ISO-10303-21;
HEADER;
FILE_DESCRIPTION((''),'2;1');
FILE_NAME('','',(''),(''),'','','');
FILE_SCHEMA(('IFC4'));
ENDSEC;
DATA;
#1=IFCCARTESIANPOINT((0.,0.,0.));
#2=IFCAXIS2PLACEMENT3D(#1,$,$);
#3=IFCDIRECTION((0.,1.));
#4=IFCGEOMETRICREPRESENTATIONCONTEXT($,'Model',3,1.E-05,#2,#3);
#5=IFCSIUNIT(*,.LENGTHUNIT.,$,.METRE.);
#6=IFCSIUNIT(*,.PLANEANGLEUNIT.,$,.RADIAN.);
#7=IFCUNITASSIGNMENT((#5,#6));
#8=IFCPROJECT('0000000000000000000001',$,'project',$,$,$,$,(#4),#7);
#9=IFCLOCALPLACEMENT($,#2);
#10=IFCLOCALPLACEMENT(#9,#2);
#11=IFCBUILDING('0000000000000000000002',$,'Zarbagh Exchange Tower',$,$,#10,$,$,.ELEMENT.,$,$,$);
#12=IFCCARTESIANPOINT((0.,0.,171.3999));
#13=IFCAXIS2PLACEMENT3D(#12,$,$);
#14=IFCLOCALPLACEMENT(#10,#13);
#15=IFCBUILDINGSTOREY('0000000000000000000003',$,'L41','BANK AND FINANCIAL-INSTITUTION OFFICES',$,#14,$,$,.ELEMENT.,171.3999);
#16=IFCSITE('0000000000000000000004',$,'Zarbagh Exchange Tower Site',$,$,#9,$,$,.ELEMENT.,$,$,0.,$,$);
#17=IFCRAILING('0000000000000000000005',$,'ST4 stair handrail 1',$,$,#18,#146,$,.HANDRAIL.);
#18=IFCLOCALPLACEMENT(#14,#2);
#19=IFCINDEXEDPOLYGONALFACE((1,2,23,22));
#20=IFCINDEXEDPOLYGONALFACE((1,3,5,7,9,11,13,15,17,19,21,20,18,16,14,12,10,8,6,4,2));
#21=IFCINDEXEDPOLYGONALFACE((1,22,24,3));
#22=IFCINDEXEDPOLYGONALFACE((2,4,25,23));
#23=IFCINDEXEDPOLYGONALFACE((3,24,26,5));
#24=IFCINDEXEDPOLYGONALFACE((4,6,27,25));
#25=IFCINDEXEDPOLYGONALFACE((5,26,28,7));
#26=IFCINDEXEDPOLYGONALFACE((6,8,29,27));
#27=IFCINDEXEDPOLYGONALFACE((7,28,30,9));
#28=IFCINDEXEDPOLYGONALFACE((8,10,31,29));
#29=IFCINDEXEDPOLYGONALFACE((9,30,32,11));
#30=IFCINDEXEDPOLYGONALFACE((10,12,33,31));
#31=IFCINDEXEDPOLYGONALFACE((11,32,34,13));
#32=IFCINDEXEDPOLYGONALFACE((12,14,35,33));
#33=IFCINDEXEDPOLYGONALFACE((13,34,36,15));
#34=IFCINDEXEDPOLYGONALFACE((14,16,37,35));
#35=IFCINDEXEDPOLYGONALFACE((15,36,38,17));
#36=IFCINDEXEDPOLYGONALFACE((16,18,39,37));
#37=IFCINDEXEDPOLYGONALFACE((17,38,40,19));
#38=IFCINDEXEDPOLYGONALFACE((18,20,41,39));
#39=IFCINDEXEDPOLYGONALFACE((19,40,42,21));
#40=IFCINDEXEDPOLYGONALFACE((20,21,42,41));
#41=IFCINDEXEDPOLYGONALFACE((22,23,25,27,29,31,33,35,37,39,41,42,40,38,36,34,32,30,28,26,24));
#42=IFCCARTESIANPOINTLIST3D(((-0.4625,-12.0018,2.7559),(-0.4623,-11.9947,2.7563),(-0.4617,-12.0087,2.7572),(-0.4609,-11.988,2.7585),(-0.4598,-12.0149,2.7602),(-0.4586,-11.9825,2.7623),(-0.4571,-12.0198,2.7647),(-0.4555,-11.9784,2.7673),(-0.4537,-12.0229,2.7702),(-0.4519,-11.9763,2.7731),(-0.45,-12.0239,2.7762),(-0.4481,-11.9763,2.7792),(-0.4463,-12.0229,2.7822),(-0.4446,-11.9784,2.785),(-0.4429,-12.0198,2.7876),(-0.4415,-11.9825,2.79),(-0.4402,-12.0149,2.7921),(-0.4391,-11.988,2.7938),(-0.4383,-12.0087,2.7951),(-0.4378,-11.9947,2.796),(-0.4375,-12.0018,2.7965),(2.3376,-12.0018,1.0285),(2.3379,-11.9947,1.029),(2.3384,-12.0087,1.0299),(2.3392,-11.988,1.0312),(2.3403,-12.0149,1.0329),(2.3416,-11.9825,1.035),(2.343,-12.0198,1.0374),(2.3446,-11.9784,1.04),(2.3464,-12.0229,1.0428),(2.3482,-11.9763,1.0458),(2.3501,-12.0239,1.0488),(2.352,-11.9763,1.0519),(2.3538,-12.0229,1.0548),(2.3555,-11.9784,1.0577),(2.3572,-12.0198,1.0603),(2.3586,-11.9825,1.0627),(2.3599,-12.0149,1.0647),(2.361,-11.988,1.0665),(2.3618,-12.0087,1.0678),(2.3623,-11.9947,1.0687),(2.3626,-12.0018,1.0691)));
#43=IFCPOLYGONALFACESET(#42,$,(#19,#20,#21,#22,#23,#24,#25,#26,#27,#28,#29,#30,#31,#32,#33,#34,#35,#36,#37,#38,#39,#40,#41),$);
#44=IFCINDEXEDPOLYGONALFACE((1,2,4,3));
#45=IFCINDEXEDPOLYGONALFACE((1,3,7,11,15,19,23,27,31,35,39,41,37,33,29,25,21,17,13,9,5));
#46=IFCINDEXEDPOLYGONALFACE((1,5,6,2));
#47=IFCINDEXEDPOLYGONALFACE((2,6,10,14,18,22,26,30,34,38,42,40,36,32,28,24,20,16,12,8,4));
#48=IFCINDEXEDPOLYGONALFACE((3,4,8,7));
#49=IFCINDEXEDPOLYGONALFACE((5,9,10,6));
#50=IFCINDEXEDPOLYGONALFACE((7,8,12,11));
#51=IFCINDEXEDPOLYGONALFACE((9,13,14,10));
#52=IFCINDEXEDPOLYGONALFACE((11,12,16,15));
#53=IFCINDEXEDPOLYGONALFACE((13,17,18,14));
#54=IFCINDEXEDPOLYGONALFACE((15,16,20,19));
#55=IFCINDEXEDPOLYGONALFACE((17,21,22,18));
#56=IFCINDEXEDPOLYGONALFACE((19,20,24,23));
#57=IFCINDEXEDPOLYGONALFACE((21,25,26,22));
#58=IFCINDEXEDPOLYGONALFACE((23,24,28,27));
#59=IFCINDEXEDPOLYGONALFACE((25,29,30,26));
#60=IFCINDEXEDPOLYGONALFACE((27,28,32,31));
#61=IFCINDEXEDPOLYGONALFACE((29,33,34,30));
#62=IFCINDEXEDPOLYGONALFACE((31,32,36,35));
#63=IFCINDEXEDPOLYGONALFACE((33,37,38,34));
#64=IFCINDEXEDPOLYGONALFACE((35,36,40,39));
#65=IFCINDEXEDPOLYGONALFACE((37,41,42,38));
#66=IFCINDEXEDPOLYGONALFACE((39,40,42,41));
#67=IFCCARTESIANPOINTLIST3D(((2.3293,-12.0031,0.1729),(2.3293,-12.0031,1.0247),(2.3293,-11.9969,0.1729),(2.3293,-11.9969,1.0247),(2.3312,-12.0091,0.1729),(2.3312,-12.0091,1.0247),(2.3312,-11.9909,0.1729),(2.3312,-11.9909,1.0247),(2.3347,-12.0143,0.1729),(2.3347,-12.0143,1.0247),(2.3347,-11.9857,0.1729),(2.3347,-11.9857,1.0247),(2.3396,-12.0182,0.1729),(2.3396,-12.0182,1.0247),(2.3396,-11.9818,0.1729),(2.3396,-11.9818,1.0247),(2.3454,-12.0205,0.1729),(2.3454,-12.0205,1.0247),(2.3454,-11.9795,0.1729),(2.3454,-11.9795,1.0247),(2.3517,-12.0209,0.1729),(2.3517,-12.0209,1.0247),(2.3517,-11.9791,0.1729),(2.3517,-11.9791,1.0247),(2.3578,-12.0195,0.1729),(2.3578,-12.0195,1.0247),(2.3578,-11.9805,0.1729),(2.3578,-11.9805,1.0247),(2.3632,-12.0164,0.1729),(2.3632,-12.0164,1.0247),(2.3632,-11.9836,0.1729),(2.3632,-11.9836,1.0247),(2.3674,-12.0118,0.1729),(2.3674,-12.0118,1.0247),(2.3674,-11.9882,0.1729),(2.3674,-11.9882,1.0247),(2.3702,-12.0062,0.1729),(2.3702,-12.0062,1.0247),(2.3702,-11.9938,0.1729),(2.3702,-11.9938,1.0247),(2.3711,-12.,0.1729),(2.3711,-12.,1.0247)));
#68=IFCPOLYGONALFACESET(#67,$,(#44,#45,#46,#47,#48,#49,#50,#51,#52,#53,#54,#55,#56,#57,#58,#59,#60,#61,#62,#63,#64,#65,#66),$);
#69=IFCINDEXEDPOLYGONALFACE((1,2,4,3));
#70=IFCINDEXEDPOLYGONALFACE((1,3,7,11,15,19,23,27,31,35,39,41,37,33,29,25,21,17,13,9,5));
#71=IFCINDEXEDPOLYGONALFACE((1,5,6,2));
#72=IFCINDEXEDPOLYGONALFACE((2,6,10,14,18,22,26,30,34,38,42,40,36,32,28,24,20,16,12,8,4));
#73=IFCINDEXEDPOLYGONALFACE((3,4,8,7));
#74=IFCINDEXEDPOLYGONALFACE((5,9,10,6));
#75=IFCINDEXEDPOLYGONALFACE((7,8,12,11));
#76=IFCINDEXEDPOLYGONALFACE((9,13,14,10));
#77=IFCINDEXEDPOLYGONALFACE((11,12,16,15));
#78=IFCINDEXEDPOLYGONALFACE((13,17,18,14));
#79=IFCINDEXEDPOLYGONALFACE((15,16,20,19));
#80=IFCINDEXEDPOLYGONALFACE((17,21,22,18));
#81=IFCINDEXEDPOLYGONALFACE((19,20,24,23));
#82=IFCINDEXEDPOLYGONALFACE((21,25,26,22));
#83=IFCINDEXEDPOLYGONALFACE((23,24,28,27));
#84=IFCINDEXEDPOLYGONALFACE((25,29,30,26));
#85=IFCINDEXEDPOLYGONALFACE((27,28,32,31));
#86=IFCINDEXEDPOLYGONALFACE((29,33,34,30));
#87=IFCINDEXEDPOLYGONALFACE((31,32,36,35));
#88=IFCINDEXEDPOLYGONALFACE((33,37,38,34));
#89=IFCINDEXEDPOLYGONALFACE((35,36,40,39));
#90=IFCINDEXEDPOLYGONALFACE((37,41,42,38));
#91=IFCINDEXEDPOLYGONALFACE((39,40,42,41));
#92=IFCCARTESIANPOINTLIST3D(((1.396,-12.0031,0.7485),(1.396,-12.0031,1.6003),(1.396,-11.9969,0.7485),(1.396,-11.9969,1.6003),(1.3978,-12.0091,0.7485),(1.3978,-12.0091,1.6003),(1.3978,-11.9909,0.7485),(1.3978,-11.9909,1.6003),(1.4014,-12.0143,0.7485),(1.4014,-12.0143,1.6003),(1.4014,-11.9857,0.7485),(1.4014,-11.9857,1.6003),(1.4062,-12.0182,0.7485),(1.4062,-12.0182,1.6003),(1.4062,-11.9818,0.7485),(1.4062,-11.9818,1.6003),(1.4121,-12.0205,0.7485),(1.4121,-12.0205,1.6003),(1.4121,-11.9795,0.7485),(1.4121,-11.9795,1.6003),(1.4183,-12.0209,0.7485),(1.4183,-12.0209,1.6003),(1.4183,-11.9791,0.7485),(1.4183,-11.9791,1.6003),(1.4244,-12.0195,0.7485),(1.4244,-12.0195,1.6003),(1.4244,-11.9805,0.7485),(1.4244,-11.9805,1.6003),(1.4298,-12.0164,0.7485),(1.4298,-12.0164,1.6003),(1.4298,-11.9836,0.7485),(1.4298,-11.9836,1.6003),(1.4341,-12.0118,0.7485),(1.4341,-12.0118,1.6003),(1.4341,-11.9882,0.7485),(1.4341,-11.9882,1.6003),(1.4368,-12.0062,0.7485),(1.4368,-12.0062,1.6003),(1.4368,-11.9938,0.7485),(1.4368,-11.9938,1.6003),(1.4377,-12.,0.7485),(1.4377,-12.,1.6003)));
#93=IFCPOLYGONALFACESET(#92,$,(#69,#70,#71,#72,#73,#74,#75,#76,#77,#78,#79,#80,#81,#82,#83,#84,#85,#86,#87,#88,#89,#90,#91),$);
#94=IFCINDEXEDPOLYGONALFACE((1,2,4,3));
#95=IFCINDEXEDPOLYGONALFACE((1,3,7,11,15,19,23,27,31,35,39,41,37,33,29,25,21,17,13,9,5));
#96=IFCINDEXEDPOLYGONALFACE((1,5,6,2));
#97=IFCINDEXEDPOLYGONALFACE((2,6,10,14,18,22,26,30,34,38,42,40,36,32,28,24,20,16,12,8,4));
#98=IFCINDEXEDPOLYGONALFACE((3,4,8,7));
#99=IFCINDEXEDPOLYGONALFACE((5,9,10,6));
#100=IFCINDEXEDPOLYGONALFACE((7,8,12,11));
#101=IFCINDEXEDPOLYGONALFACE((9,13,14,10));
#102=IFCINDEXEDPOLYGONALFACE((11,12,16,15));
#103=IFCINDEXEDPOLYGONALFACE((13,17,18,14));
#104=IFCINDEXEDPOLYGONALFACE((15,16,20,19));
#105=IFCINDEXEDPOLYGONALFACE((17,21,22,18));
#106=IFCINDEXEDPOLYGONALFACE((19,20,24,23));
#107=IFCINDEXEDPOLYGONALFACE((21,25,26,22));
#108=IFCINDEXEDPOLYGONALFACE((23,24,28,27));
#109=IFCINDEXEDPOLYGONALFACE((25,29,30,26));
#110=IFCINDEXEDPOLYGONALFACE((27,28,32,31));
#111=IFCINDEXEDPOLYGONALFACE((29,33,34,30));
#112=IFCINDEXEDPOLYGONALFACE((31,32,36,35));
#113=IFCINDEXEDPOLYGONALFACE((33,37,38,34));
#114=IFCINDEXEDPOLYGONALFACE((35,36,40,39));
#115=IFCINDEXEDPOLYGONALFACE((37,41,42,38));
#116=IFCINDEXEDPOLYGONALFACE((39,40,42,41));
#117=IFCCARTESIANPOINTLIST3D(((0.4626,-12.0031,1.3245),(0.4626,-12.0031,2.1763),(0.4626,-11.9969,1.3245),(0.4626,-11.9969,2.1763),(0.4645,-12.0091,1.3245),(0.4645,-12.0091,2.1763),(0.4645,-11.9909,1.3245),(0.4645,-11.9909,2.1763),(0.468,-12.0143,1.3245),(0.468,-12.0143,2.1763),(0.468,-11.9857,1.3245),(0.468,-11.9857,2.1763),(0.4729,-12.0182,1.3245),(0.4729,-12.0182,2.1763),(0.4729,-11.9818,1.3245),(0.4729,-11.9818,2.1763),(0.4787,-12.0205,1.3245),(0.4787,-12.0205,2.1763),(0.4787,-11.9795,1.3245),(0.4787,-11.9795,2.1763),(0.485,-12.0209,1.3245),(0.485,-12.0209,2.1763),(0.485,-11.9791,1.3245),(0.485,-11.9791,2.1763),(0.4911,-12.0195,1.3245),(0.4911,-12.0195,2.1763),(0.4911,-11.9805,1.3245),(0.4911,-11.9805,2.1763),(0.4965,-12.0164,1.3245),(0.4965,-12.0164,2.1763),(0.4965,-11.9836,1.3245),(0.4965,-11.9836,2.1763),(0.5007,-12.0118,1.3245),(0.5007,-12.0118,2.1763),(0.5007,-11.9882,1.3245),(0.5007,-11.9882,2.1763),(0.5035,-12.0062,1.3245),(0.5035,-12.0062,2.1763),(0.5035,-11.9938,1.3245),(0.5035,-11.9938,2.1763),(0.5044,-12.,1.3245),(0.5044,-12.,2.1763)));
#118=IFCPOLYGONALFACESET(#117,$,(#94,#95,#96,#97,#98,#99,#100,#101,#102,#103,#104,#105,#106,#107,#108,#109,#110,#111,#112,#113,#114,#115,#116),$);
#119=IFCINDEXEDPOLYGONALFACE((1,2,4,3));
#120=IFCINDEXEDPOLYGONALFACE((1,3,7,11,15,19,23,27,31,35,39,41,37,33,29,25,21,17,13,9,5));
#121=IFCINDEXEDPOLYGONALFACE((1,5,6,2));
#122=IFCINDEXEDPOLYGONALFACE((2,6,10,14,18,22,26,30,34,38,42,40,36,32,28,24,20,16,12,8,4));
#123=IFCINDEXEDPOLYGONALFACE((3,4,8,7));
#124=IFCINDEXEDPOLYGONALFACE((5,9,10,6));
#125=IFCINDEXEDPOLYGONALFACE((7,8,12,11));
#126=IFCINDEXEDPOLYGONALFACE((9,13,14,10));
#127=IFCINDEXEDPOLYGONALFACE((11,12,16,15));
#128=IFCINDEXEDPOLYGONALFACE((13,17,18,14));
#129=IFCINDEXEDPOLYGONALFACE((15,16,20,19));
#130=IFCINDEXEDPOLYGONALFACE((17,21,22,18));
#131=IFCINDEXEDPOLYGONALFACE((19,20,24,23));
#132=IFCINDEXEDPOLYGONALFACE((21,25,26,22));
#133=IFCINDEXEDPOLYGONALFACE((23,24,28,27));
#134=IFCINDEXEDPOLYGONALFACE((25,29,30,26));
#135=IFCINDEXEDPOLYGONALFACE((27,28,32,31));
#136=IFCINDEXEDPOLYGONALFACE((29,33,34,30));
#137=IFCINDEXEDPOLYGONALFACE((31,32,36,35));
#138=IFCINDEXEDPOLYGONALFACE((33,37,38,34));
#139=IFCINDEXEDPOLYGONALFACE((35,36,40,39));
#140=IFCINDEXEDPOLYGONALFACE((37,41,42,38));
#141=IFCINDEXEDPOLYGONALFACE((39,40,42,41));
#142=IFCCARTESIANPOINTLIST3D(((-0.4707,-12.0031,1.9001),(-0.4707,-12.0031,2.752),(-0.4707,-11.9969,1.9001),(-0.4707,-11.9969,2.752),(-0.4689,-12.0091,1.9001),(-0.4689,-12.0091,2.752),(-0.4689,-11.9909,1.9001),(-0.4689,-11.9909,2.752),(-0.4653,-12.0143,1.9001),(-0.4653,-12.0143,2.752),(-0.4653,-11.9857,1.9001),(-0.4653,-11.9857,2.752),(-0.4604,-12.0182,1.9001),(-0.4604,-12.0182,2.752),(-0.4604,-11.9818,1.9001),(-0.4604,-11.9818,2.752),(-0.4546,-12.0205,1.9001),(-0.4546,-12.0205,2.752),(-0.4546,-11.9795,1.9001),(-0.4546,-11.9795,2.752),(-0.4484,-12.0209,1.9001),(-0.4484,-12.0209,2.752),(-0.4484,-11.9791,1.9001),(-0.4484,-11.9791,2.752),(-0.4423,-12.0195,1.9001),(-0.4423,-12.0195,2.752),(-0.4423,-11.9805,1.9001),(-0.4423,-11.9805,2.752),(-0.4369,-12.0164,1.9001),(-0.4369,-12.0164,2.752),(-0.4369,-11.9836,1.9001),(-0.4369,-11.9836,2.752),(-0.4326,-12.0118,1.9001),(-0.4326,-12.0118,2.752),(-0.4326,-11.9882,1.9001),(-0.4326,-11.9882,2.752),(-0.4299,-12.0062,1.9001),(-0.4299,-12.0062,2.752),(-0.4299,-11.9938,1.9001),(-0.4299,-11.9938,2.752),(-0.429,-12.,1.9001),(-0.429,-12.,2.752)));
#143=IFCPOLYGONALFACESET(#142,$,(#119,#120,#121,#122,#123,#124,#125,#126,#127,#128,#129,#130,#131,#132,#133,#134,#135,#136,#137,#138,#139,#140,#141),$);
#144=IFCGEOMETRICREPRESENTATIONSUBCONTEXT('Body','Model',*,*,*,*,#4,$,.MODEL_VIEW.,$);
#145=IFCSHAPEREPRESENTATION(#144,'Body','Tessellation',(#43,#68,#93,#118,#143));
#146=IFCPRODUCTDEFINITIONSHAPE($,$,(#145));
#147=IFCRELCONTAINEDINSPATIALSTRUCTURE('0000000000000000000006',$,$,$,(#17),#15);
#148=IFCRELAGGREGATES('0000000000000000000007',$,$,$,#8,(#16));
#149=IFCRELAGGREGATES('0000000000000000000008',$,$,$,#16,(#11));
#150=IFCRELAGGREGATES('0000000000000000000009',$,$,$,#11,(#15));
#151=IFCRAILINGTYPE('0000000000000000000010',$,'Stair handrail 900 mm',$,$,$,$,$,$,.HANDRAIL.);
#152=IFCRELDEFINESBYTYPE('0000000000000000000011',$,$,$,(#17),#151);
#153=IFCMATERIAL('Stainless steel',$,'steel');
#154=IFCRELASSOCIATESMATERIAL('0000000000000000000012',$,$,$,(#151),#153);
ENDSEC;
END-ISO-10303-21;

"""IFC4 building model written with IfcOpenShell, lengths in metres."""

from ifc_helpers import new_model, si_unit, direction, frame, origin, origin_2d, place, context, subcontext, project, spatial, circle, extrude, material, type_object, element, save


model = new_model("IFC4")

# Units and contexts
model_context = context("Model", 3, precision=1e-05, world=origin(), true_north=direction((0.0, 1.0)))
body_context = subcontext(model_context, "Body", "Model", "MODEL_VIEW")
ifc_project = project(units=[si_unit("LENGTHUNIT", "METRE"), si_unit("PLANEANGLEUNIT", "RADIAN")], contexts=[model_context])

# Site, building, storey
site_placement = place(None, origin())
site = spatial("IfcSite", under=ifc_project, at=site_placement, Name="Zarbagh Exchange Tower Site", CompositionType="ELEMENT", RefElevation=0.0)
building_placement = place(site_placement, origin())
building = spatial("IfcBuilding", under=site, at=building_placement, Name="Zarbagh Exchange Tower", CompositionType="ELEMENT")
storey_placement = place(building_placement, frame((0.0, 0.0, 171.3999)))
storey = spatial("IfcBuildingStorey", under=building, at=storey_placement, Name="L41", Description="BANK AND FINANCIAL-INSTITUTION OFFICES", CompositionType="ELEMENT", Elevation=171.3999)

# Shared definitions
ifc_material_1 = material(Name="Stainless steel", Category="steel")

# Railing
railing_type_1 = type_object("IfcRailingType", Name="Stair handrail 900 mm", PredefinedType="HANDRAIL", material=ifc_material_1)
for number, where, name in (
    (1, (2.3501, -12.0, 0.1729), "ST4 stair handrail 1"),
):
    element("IfcRailing", number, at=place(storey_placement, frame(where)), inside=storey, type_object=railing_type_1, Name=name, PredefinedType="HANDRAIL", context=body_context, shape_type="SweptSolid", body=[
        extrude(circle(Radius=0.0239, at=origin_2d()), frame((0.0, 0.0, 0.876), z_axis=(-0.85109, 0.0, 0.52502), x_axis=(0.0, -1.0, 0.0)), (0.0, 0.0, 1.0), 3.29),
        extrude(circle(Radius=0.021, at=origin_2d()), origin(), (0.0, 0.0, 1.0), 0.8518),
        extrude(circle(Radius=0.021, at=origin_2d()), frame((-0.9333, 0.0, 0.5757)), (0.0, 0.0, 1.0), 0.8518),
        extrude(circle(Radius=0.021, at=origin_2d()), frame((-1.8667, 0.0, 1.1516)), (0.0, 0.0, 1.0), 0.8518),
        extrude(circle(Radius=0.021, at=origin_2d()), frame((-2.8, 0.0, 1.7273)), (0.0, 0.0, 1.0), 0.8518),
    ])

save(model, "model.ifc")
